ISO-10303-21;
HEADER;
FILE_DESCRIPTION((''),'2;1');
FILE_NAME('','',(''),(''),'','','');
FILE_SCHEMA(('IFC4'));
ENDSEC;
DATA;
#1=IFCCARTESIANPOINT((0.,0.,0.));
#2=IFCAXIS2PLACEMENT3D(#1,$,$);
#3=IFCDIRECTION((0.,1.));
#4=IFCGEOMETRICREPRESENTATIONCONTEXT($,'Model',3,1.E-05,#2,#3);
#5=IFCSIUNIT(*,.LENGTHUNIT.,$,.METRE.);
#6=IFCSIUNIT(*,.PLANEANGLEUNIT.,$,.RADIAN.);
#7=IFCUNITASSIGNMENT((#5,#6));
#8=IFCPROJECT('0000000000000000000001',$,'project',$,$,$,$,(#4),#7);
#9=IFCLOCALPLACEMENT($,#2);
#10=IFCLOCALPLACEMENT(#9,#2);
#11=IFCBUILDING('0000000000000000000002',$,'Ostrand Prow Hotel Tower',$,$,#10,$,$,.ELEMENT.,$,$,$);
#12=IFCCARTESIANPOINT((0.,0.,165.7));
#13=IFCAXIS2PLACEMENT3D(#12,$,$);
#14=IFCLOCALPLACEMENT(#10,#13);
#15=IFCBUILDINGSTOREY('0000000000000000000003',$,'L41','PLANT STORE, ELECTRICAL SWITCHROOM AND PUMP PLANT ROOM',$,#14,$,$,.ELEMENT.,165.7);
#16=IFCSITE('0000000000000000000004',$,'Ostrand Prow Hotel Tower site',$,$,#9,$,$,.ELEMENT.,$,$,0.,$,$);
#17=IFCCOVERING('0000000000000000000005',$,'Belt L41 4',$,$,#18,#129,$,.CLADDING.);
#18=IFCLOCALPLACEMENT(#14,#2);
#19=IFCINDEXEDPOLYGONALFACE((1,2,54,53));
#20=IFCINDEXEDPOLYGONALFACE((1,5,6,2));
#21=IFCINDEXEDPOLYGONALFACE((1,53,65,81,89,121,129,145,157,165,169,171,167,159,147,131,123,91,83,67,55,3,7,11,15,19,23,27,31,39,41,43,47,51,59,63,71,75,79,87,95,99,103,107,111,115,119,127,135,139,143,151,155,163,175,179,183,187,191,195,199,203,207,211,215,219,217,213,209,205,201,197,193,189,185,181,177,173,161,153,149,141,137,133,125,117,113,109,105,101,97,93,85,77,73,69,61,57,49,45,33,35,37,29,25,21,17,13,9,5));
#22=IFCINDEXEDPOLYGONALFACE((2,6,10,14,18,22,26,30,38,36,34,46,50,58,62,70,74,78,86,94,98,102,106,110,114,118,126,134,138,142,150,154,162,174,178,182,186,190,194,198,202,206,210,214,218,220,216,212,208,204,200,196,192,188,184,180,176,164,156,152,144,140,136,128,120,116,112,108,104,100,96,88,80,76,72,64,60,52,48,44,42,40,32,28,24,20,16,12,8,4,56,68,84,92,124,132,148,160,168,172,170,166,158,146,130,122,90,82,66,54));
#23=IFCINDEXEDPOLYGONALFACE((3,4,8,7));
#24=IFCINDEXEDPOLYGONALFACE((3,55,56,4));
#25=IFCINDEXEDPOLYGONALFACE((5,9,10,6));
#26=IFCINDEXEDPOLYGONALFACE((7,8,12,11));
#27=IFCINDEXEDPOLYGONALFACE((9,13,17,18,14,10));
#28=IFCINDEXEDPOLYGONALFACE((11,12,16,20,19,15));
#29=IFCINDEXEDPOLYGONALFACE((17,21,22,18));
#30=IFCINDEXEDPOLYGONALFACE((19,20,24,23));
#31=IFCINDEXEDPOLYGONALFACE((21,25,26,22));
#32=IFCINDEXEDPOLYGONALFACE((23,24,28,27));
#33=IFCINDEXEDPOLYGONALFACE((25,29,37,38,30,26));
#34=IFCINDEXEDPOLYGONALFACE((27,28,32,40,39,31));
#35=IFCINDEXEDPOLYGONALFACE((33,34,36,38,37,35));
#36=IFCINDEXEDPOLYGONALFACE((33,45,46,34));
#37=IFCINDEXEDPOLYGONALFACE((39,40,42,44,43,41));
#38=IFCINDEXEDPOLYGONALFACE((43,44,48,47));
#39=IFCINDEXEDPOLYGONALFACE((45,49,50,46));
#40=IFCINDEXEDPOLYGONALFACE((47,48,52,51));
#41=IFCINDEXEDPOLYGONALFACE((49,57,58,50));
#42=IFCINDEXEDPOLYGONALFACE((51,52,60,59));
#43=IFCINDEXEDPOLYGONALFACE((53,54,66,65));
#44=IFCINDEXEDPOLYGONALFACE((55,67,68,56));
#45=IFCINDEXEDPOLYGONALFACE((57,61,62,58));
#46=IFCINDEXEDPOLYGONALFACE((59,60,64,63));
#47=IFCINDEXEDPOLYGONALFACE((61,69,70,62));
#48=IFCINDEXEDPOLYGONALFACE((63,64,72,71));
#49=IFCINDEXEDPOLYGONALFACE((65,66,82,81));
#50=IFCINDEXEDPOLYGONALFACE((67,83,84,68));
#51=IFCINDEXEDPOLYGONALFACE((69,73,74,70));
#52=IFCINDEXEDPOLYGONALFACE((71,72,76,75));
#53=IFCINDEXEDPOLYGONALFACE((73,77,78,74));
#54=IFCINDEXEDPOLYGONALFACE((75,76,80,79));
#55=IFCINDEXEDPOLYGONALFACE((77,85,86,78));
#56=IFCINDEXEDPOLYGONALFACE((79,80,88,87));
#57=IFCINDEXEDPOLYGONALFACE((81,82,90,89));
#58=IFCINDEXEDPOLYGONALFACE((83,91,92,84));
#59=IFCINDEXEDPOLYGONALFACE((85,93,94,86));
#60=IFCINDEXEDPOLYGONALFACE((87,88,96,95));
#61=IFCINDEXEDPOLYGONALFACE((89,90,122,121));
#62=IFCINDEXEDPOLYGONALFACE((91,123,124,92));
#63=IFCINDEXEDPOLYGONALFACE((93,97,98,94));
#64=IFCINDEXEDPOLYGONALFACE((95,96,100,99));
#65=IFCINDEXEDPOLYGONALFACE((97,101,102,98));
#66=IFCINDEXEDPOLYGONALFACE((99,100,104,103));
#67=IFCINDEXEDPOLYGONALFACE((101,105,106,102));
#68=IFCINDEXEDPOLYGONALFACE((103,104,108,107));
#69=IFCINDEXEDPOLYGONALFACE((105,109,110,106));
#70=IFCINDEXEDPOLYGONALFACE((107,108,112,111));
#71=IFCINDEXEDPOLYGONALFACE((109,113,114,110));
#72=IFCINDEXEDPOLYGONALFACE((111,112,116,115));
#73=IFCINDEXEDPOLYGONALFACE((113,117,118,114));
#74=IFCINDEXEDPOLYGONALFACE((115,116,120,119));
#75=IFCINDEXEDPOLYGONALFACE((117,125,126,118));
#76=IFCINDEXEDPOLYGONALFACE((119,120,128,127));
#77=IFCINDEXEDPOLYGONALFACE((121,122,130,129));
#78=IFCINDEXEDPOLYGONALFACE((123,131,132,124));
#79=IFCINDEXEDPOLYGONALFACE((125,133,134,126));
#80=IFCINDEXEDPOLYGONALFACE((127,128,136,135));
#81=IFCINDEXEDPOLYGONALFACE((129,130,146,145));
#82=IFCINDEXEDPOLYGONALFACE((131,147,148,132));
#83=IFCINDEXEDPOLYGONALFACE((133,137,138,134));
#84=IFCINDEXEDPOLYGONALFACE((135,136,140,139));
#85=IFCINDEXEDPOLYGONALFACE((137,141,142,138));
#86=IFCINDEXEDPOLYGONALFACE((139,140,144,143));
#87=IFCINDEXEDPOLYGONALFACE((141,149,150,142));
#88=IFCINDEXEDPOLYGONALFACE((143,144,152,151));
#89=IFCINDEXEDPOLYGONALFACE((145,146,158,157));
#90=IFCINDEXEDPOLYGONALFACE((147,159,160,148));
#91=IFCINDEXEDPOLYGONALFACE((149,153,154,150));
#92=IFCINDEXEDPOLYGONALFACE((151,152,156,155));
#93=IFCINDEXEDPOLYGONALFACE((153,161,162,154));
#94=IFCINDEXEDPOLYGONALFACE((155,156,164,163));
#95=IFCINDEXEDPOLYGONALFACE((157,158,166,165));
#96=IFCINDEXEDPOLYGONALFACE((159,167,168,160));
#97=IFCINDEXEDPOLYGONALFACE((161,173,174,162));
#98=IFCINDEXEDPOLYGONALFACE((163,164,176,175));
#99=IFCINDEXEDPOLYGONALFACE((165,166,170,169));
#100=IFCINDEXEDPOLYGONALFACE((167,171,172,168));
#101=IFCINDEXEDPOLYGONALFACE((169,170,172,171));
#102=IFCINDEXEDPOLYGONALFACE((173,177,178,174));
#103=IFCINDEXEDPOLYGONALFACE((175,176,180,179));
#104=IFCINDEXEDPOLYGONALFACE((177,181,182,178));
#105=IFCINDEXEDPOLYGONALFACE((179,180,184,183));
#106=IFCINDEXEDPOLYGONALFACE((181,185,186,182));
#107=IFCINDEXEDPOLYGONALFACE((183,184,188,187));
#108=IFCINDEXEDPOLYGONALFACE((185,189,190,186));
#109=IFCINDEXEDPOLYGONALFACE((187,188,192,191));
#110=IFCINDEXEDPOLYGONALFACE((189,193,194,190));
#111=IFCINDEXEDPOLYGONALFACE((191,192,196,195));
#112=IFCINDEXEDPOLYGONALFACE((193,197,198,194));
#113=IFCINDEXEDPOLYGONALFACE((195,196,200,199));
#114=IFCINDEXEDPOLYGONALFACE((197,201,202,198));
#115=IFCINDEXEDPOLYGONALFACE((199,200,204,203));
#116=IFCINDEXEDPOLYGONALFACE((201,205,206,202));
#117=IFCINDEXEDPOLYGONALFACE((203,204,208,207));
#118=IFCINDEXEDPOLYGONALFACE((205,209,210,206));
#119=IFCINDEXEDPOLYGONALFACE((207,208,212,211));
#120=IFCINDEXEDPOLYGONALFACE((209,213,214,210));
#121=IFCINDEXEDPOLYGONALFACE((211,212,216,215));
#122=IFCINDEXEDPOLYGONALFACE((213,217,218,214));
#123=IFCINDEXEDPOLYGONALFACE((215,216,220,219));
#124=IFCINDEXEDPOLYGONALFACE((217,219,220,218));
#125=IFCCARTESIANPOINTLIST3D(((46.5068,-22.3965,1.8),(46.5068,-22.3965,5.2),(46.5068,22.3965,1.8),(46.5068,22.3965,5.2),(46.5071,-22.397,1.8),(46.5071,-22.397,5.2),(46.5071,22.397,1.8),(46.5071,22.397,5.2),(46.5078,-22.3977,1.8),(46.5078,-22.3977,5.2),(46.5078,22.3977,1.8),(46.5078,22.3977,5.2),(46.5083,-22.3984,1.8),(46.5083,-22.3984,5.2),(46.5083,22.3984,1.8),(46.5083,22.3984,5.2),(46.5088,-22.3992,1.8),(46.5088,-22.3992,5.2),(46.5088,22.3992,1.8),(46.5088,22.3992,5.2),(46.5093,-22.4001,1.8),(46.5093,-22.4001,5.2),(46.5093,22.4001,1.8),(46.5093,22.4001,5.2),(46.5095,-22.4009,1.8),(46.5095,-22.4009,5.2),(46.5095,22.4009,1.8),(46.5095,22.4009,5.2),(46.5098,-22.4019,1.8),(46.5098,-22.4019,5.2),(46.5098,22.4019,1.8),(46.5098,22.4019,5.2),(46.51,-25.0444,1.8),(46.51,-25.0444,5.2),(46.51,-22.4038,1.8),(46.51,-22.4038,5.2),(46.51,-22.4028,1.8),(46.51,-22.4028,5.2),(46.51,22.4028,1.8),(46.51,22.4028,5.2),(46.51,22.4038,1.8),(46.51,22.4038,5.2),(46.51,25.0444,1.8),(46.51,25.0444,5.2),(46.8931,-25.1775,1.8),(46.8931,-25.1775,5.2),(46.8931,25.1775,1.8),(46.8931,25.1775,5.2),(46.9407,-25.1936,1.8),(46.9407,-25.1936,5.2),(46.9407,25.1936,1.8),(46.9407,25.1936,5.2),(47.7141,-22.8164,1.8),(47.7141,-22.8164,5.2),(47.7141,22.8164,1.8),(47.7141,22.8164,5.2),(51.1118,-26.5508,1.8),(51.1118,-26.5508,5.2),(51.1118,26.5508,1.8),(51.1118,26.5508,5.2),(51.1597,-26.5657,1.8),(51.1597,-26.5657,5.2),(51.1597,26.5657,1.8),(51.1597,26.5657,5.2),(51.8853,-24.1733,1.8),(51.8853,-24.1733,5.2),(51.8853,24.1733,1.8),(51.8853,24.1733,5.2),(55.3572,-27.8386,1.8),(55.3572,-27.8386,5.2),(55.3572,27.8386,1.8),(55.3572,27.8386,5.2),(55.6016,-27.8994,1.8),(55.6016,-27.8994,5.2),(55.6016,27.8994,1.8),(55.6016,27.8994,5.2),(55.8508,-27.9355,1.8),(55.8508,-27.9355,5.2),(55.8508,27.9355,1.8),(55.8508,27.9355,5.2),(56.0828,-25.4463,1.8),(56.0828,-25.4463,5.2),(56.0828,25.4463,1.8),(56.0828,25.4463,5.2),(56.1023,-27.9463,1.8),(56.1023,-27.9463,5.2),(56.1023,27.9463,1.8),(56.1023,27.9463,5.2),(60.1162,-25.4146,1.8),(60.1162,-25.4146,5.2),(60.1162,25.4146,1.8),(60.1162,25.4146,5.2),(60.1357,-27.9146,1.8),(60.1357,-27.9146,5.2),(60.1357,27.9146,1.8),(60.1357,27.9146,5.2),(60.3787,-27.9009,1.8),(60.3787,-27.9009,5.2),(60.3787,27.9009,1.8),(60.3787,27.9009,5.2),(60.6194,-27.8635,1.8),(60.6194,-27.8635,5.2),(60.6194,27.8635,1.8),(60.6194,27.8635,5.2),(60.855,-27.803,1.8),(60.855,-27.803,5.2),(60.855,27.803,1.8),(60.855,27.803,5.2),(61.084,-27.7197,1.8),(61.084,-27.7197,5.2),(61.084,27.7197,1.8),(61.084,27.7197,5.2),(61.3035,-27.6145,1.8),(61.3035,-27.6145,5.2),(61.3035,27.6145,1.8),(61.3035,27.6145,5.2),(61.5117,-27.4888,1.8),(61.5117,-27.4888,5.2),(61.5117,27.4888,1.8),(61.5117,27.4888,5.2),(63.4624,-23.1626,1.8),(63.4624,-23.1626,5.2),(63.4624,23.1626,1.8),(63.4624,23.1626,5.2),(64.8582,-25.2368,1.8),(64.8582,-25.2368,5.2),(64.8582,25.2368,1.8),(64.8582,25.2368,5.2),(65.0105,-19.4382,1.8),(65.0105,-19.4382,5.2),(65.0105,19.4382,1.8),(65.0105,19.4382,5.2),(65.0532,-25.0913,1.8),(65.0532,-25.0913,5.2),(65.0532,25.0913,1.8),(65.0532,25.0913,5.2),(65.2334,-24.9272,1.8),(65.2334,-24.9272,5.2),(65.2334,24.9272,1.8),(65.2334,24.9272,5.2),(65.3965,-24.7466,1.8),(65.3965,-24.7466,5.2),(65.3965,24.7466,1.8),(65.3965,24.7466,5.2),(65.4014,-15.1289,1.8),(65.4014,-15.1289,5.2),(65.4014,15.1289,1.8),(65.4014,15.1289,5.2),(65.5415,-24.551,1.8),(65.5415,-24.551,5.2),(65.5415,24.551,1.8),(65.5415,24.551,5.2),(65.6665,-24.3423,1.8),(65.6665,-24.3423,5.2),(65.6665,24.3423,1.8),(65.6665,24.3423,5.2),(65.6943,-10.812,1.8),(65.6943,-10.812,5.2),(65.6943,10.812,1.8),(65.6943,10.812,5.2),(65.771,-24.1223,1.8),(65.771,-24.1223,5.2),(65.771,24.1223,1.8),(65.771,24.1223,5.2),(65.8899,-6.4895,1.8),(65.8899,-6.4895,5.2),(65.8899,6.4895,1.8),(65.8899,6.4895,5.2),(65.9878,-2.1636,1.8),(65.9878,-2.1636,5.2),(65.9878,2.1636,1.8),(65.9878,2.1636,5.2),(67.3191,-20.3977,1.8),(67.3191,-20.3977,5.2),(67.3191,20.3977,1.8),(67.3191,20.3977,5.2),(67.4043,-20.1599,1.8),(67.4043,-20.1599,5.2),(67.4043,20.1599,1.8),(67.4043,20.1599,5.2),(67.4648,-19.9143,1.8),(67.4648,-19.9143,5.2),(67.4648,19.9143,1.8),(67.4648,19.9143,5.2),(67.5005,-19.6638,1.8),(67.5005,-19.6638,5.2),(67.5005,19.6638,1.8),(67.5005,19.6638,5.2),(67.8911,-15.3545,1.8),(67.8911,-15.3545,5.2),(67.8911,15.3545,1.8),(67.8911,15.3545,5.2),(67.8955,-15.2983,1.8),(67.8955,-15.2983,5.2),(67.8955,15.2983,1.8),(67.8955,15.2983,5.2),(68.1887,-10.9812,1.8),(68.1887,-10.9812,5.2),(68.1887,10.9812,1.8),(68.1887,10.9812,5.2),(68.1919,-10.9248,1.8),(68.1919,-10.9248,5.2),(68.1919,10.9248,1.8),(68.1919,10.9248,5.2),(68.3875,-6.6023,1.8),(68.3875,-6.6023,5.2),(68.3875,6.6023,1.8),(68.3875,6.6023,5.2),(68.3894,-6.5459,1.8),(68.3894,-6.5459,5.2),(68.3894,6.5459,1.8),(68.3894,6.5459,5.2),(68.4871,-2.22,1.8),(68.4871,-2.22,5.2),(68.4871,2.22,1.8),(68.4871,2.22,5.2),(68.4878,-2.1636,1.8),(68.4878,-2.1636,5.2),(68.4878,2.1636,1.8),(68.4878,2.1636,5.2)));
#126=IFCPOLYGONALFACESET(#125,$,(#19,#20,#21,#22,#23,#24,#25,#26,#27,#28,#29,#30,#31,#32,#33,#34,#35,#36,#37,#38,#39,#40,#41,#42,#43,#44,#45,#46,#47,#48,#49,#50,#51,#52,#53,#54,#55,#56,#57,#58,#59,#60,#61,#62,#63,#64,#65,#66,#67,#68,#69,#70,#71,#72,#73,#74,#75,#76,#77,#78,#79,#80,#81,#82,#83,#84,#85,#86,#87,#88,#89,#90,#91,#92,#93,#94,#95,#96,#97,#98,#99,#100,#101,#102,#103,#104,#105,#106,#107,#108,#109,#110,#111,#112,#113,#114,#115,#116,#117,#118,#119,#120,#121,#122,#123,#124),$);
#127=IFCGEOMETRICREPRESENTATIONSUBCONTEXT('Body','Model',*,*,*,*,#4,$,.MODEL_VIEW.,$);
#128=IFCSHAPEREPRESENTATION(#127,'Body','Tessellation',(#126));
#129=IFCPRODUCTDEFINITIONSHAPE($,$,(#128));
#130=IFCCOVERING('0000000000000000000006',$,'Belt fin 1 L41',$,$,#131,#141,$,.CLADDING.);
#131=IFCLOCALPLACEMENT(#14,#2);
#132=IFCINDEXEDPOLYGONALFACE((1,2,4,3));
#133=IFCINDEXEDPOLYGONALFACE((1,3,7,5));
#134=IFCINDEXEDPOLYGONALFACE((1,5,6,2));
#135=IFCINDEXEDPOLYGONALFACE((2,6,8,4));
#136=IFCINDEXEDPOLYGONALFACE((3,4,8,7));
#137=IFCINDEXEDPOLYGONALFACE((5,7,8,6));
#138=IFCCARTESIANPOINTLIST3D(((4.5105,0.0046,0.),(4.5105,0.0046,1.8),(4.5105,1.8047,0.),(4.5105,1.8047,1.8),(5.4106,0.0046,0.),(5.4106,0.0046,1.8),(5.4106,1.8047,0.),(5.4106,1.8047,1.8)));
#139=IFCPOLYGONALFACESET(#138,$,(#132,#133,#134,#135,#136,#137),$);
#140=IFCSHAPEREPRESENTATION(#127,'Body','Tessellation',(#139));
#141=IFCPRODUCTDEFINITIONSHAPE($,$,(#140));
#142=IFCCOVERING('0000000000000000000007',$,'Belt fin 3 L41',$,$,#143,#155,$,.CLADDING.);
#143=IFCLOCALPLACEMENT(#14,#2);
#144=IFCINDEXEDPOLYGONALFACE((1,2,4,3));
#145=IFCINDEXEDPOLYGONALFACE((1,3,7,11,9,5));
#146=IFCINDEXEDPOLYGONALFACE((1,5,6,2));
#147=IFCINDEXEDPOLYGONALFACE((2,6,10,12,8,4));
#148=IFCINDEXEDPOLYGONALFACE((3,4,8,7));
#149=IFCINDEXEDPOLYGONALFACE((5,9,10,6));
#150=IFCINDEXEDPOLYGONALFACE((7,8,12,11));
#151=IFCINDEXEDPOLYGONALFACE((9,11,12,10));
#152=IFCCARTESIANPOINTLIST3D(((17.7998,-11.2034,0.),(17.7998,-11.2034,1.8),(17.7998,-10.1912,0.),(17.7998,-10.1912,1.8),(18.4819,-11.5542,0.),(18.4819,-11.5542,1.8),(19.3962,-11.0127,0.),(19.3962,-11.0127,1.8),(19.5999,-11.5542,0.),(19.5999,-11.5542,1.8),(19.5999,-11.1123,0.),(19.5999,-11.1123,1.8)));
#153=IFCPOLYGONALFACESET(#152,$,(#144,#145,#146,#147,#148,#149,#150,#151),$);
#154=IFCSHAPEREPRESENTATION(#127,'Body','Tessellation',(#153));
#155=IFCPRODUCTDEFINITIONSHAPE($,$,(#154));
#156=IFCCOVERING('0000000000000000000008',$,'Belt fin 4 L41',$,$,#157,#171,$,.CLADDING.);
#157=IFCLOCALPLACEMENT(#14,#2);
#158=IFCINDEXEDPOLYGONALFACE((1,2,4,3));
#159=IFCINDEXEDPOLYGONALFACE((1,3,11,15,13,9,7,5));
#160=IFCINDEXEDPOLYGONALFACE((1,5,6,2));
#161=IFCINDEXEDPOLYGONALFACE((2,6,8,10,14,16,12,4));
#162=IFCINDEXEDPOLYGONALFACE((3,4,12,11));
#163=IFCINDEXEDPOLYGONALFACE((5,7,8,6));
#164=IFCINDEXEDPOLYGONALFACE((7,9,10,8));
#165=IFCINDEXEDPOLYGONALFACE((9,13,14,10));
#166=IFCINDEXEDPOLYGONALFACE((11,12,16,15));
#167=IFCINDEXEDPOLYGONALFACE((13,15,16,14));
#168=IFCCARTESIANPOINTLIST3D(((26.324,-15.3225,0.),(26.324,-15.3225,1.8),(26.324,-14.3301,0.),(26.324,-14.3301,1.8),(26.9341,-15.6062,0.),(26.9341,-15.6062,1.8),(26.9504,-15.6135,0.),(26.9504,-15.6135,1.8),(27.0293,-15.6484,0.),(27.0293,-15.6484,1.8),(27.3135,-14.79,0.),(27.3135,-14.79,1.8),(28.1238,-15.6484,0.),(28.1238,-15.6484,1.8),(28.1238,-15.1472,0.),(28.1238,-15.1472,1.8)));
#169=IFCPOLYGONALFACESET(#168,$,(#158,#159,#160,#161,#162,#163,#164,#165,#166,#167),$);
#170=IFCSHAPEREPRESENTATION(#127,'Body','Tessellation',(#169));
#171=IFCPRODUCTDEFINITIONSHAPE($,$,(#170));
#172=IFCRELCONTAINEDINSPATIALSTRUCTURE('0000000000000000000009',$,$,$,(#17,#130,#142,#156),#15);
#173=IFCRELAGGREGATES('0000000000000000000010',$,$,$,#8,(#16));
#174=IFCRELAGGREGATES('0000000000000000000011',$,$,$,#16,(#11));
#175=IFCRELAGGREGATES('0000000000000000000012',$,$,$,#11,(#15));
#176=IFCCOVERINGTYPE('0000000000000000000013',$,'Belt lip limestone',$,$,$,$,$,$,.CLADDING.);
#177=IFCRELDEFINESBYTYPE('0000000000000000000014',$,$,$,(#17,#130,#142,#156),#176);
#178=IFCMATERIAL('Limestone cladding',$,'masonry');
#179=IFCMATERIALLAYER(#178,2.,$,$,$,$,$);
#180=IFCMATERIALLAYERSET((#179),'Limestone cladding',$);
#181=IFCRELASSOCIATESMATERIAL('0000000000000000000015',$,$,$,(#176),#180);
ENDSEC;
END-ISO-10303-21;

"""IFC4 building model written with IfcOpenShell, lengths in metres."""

from ifc_helpers import new_model, si_unit, direction, frame, origin, place, context, subcontext, project, spatial, polyline, outline, extrude, material, layer, layer_set, type_object, element, save


model = new_model("IFC4")

# Units and contexts
model_context = context("Model", 3, precision=1e-05, world=origin(), true_north=direction((0.0, 1.0)))
body_context = subcontext(model_context, "Body", "Model", "MODEL_VIEW")
ifc_project = project(units=[si_unit("LENGTHUNIT", "METRE"), si_unit("PLANEANGLEUNIT", "RADIAN")], contexts=[model_context])

# Site, building, storey
site_placement = place(None, origin())
site = spatial("IfcSite", under=ifc_project, at=site_placement, Name="Ostrand Prow Hotel Tower site", CompositionType="ELEMENT", RefElevation=0.0)
building_placement = place(site_placement, origin())
building = spatial("IfcBuilding", under=site, at=building_placement, Name="Ostrand Prow Hotel Tower", CompositionType="ELEMENT")
storey_placement = place(building_placement, frame((0.0, 0.0, 165.7)))
storey = spatial("IfcBuildingStorey", under=building, at=storey_placement, Name="L41", Description="PLANT STORE, ELECTRICAL SWITCHROOM AND PUMP PLANT ROOM", CompositionType="ELEMENT", Elevation=165.7)

# Coverings
ifc_material_1 = material(Name="Limestone cladding", Category="masonry")
ifc_layer_1 = layer(ifc_material_1, 2.0)
ifc_layer_set_1 = layer_set([ifc_layer_1], Name="Limestone cladding")
covering_type_1 = type_object("IfcCoveringType", Name="Belt lip limestone", PredefinedType="CLADDING", material=ifc_layer_set_1)
covering_1_placement = place(storey_placement, frame((0.0, 0.0, 1.8)))
element("IfcCovering", 1, at=covering_1_placement, inside=storey, type_object=covering_type_1, Name="Belt L41 4", PredefinedType="CLADDING", context=body_context, shape_type="SweptSolid", body=[
    extrude(outline(polyline([(46.8931, 25.1775), (46.51, 25.0444), (46.51, 22.4038), (46.51, 22.4028), (46.5098, 22.4019), (46.5095, 22.4009), (46.5093, 22.4001), (46.5088, 22.3992), (46.5083, 22.3984), (46.5078, 22.3977), (46.5071, 22.397), (46.5068, 22.3965), (47.7141, 22.8164), (51.8853, 24.1733), (56.0828, 25.4463), (60.1162, 25.4146), (63.4624, 23.1626), (65.0105, 19.4382), (65.4014, 15.1289), (65.6943, 10.812), (65.8899, 6.4895), (65.9878, 2.1636), (65.9878, -2.1636), (65.8899, -6.4895), (65.6943, -10.812), (65.4014, -15.1289), (65.0105, -19.4382), (63.4624, -23.1626), (60.1162, -25.4146), (56.0828, -25.4463), (51.8853, -24.1733), (47.7141, -22.8164), (46.5068, -22.3965), (46.5071, -22.397), (46.5078, -22.3977), (46.5083, -22.3984), (46.5088, -22.3992), (46.5093, -22.4001), (46.5095, -22.4009), (46.5098, -22.4019), (46.51, -22.4028), (46.51, -22.4038), (46.51, -25.0444), (46.8931, -25.1775), (46.9407, -25.1936), (51.1118, -26.5508), (51.1597, -26.5657), (55.3572, -27.8386), (55.6016, -27.8994), (55.8508, -27.9355), (56.1023, -27.9463), (60.1357, -27.9146), (60.3787, -27.9009), (60.6194, -27.8635), (60.855, -27.803), (61.084, -27.7197), (61.3035, -27.6145), (61.5117, -27.4888), (64.8582, -25.2368), (65.0532, -25.0913), (65.2334, -24.9272), (65.3965, -24.7466), (65.5415, -24.551), (65.6665, -24.3423), (65.771, -24.1223), (67.3191, -20.3977), (67.4043, -20.1599), (67.4648, -19.9143), (67.5005, -19.6638), (67.8911, -15.3545), (67.8955, -15.2983), (68.1887, -10.9812), (68.1919, -10.9248), (68.3875, -6.6023), (68.3894, -6.5459), (68.4871, -2.22), (68.4878, -2.1636), (68.4878, 2.1636), (68.4871, 2.22), (68.3894, 6.5459), (68.3875, 6.6023), (68.1919, 10.9248), (68.1887, 10.9812), (67.8955, 15.2983), (67.8911, 15.3545), (67.5005, 19.6638), (67.4648, 19.9143), (67.4043, 20.1599), (67.3191, 20.3977), (65.771, 24.1223), (65.6665, 24.3423), (65.5415, 24.551), (65.3965, 24.7466), (65.2334, 24.9272), (65.0532, 25.0913), (64.8582, 25.2368), (61.5117, 27.4888), (61.3035, 27.6145), (61.084, 27.7197), (60.855, 27.803), (60.6194, 27.8635), (60.3787, 27.9009), (60.1357, 27.9146), (56.1023, 27.9463), (55.8508, 27.9355), (55.6016, 27.8994), (55.3572, 27.8386), (51.1597, 26.5657), (51.1118, 26.5508), (46.9407, 25.1936), (46.8931, 25.1775)])), origin(), (0.0, 0.0, 1.0), 3.3999),
])
covering_2_placement = place(storey_placement, origin())
element("IfcCovering", 2, at=covering_2_placement, inside=storey, type_object=covering_type_1, Name="Belt fin 1 L41", PredefinedType="CLADDING", context=body_context, shape_type="SweptSolid", body=[
    extrude(outline(polyline([(4.5105, 1.8047), (4.5105, 0.0046), (5.4106, 0.0046), (5.4106, 1.8047), (4.5105, 1.8047)])), origin(), (0.0, 0.0, 1.0), 1.8),
])
covering_3_placement = place(storey_placement, origin())
element("IfcCovering", 3, at=covering_3_placement, inside=storey, type_object=covering_type_1, Name="Belt fin 3 L41", PredefinedType="CLADDING", context=body_context, shape_type="SweptSolid", body=[
    extrude(outline(polyline([(17.7998, -11.2034), (18.4819, -11.5542), (19.5999, -11.5542), (19.5999, -11.1123), (19.3962, -11.0127), (17.7998, -10.1912), (17.7998, -11.2034)])), origin(), (0.0, 0.0, 1.0), 1.8),
])
covering_4_placement = place(storey_placement, origin())
element("IfcCovering", 4, at=covering_4_placement, inside=storey, type_object=covering_type_1, Name="Belt fin 4 L41", PredefinedType="CLADDING", context=body_context, shape_type="SweptSolid", body=[
    extrude(outline(polyline([(26.9504, -15.6135), (27.0293, -15.6484), (28.1238, -15.6484), (28.1238, -15.1472), (27.3135, -14.79), (26.324, -14.3301), (26.324, -15.3225), (26.9341, -15.6062), (26.9504, -15.6135)])), origin(), (0.0, 0.0, 1.0), 1.8),
])

save(model, "model.ifc")
